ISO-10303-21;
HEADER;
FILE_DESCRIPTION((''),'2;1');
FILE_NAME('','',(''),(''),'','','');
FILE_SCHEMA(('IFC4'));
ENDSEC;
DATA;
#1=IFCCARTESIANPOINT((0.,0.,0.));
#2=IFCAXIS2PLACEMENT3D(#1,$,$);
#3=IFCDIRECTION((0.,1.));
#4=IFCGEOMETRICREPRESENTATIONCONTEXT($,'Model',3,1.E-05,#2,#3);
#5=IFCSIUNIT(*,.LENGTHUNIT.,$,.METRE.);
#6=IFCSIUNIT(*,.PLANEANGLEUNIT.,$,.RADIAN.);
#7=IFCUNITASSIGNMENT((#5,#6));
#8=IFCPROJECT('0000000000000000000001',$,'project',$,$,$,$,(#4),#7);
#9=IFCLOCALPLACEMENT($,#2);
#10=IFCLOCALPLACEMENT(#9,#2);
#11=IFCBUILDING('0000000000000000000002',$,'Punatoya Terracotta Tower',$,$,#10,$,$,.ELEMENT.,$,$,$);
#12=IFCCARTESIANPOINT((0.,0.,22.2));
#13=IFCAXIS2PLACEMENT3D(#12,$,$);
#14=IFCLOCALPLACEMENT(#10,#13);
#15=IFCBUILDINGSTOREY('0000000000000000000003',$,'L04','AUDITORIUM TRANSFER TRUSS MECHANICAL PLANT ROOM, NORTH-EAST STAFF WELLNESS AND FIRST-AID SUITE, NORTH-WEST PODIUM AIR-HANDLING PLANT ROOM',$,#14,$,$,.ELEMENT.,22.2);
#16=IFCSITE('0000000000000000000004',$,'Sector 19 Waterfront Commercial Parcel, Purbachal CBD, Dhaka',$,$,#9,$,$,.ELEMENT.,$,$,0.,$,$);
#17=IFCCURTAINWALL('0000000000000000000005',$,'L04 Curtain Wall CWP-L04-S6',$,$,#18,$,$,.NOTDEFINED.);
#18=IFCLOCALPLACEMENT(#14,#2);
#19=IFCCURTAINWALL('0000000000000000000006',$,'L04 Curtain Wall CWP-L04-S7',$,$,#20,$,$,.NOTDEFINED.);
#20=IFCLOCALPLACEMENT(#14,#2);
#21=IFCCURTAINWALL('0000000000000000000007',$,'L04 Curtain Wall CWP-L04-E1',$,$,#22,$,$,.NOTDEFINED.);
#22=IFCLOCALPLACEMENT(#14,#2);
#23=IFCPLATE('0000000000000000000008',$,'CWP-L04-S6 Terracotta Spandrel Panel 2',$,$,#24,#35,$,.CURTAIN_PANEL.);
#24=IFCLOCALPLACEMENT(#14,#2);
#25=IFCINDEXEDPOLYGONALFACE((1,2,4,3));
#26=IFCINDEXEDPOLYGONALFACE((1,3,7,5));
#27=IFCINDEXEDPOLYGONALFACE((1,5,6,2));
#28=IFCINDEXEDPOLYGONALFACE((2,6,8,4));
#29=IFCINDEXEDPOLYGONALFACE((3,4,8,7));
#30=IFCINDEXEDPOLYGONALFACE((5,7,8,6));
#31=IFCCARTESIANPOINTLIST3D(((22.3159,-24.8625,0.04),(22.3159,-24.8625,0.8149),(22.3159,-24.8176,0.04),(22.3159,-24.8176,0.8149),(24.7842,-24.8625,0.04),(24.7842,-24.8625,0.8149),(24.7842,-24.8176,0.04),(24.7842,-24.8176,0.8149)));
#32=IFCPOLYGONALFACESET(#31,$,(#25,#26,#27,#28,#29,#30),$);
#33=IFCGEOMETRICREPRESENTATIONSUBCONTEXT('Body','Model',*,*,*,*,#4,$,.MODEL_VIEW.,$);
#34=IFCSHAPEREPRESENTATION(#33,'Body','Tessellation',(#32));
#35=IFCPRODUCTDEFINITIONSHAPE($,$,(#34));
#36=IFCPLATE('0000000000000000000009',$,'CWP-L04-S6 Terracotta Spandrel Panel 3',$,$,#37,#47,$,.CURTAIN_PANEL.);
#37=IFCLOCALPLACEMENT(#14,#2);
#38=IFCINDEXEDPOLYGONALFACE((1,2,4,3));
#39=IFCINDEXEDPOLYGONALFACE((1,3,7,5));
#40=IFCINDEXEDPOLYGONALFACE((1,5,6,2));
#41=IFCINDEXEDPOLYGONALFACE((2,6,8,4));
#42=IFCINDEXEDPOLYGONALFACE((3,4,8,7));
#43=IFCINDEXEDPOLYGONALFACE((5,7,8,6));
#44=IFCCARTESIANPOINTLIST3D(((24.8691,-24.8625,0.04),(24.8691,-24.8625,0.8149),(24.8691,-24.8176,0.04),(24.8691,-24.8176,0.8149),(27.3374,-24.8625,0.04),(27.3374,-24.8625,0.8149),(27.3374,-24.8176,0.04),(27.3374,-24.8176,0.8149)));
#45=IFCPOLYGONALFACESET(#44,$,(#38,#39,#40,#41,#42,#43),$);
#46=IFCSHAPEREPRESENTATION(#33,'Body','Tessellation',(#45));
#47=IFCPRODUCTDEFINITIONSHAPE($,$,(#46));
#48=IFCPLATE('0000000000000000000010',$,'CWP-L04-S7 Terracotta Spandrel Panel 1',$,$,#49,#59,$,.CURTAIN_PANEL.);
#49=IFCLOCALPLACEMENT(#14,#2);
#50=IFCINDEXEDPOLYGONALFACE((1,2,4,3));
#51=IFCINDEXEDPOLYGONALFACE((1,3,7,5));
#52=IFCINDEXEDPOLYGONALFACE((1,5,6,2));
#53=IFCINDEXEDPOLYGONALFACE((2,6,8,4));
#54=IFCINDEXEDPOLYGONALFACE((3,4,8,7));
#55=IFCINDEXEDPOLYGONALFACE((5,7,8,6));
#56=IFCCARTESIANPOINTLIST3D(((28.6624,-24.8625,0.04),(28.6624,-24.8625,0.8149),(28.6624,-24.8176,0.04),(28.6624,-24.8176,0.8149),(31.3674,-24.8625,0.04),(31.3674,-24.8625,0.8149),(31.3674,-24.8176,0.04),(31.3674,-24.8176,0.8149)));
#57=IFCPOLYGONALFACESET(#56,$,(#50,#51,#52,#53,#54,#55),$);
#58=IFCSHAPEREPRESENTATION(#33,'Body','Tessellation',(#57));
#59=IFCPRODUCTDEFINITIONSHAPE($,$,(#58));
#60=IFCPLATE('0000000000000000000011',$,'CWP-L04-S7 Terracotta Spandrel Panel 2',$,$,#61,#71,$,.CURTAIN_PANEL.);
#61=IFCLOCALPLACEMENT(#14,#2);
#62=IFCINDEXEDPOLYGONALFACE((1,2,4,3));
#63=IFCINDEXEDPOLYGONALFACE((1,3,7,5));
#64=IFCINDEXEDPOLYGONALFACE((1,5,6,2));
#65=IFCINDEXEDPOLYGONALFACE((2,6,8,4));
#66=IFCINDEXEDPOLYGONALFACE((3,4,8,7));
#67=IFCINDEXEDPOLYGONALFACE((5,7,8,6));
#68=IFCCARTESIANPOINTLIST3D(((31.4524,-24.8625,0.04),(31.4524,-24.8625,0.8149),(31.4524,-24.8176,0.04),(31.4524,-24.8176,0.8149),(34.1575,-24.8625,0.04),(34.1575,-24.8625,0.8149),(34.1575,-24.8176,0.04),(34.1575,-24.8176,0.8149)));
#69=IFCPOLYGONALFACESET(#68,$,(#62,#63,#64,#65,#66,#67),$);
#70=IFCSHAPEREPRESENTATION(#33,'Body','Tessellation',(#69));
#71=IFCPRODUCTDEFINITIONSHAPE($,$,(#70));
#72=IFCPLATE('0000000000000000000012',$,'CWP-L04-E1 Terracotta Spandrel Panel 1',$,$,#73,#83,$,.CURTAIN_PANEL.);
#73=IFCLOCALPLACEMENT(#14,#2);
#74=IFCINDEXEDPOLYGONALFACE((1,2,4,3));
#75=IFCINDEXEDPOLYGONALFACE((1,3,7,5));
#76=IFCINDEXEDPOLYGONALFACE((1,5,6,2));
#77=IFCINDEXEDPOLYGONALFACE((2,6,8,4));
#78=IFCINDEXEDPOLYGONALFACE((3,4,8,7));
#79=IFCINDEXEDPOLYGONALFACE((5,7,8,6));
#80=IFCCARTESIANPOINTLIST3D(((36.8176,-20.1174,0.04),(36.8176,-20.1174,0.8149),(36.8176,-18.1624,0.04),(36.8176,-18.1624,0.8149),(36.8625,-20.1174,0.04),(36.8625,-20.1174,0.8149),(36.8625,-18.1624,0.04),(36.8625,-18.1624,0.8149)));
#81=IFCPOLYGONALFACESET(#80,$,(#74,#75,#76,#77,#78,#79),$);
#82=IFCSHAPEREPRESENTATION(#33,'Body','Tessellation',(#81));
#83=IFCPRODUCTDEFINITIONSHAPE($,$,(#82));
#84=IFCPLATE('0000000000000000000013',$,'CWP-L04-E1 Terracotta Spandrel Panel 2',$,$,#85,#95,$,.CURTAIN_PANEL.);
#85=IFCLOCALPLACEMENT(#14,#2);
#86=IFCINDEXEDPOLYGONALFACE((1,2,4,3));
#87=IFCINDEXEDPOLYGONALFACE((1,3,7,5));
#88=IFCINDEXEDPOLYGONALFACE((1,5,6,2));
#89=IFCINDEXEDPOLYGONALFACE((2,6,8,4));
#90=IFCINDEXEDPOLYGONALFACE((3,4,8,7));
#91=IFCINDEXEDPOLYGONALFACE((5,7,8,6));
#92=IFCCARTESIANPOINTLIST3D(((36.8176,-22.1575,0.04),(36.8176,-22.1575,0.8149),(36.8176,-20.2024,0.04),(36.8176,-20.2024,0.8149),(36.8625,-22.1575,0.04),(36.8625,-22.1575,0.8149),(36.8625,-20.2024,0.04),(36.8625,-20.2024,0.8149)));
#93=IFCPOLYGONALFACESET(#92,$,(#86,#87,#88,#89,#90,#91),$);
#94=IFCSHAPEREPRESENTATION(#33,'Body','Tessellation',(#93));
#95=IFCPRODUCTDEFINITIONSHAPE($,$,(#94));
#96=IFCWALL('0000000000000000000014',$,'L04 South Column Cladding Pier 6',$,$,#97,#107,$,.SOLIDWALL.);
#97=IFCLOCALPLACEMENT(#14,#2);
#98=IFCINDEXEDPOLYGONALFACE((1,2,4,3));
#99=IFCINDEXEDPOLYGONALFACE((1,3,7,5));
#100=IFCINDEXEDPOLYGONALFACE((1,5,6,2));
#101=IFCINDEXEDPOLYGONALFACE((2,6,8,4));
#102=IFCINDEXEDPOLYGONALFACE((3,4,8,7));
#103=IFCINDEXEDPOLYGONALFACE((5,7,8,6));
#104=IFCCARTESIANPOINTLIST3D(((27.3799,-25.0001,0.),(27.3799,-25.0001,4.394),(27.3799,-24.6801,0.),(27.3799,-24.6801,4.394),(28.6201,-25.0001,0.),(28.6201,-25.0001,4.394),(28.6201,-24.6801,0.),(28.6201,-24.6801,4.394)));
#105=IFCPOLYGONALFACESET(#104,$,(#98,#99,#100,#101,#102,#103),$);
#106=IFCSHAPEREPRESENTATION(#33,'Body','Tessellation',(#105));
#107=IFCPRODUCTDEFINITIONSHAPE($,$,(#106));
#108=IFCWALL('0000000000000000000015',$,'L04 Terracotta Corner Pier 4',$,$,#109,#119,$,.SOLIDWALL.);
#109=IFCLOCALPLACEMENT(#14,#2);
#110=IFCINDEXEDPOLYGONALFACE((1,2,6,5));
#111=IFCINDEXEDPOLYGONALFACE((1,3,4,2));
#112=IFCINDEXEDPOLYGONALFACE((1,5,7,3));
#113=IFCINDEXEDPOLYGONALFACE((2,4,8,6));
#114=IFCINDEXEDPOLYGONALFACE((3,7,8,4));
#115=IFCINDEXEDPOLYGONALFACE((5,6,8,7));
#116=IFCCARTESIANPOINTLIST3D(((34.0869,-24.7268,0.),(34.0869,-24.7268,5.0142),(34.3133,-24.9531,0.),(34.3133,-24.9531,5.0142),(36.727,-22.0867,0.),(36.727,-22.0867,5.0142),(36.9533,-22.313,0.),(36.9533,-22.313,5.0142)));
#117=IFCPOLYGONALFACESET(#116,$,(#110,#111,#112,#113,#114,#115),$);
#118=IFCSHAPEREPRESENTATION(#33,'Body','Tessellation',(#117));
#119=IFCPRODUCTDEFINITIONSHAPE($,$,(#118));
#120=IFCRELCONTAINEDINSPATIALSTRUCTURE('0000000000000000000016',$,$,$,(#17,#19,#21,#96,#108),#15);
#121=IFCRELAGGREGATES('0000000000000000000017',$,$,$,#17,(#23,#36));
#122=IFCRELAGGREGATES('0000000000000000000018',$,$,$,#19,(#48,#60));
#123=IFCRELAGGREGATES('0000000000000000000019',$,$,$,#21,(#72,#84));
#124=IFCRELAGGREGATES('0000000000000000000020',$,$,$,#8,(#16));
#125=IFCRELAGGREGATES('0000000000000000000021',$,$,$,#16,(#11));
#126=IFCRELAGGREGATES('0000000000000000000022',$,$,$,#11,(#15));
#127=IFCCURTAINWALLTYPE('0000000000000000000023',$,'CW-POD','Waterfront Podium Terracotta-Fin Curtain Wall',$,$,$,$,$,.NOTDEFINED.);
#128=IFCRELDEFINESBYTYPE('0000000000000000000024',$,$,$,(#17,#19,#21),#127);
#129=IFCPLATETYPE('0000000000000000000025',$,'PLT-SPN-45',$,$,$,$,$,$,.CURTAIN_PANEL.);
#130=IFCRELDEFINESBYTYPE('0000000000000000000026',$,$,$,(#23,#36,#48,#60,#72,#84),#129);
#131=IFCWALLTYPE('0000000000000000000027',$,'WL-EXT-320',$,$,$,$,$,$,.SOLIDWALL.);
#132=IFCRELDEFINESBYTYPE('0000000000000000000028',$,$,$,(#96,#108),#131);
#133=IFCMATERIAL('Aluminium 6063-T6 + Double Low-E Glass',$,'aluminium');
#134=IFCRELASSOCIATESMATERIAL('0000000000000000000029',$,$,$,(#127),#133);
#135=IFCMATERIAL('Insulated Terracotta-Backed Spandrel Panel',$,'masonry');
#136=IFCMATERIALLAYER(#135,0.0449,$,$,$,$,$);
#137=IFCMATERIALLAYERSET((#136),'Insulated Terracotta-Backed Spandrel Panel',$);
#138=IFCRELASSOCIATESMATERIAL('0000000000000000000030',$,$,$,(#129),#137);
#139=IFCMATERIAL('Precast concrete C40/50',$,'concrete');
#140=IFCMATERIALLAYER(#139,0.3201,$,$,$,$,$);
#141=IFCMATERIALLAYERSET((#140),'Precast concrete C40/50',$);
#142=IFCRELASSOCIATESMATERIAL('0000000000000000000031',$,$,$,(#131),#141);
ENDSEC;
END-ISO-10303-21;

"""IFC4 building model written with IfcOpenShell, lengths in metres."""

from ifc_helpers import new_model, si_unit, direction, frame, frame_2d, origin, origin_2d, place, context, subcontext, project, spatial, rectangle, extrude, material, layer, layer_set, type_object, element, aggregate, save


model = new_model("IFC4")

# Units and contexts
model_context = context("Model", 3, precision=1e-05, world=origin(), true_north=direction((0.0, 1.0)))
body_context = subcontext(model_context, "Body", "Model", "MODEL_VIEW")
ifc_project = project(units=[si_unit("LENGTHUNIT", "METRE"), si_unit("PLANEANGLEUNIT", "RADIAN")], contexts=[model_context])

# Site, building, storey
site_placement = place(None, origin())
site = spatial("IfcSite", under=ifc_project, at=site_placement, Name="Sector 19 Waterfront Commercial Parcel, Purbachal CBD, Dhaka", CompositionType="ELEMENT", RefElevation=0.0)
building_placement = place(site_placement, origin())
building = spatial("IfcBuilding", under=site, at=building_placement, Name="Punatoya Terracotta Tower", CompositionType="ELEMENT")
storey_placement = place(building_placement, frame((0.0, 0.0, 22.2)))
storey = spatial("IfcBuildingStorey", under=building, at=storey_placement, Name="L04", Description="AUDITORIUM TRANSFER TRUSS MECHANICAL PLANT ROOM, NORTH-EAST STAFF WELLNESS AND FIRST-AID SUITE, NORTH-WEST PODIUM AIR-HANDLING PLANT ROOM", CompositionType="ELEMENT", Elevation=22.2)

# Curtain walls
ifc_material_1 = material(Name="Aluminium 6063-T6 + Double Low-E Glass", Category="aluminium")
curtain_wall_type = type_object("IfcCurtainWallType", Name="CW-POD", Description="Waterfront Podium Terracotta-Fin Curtain Wall", PredefinedType="NOTDEFINED", material=ifc_material_1)
curtain_wall_1_placement = place(storey_placement, origin())
curtain_wall_1 = element("IfcCurtainWall", 1, at=curtain_wall_1_placement, inside=storey, type_object=curtain_wall_type, Name="L04 Curtain Wall CWP-L04-S6", PredefinedType="NOTDEFINED")
curtain_wall_2_placement = place(storey_placement, origin())
curtain_wall_2 = element("IfcCurtainWall", 2, at=curtain_wall_2_placement, inside=storey, type_object=curtain_wall_type, Name="L04 Curtain Wall CWP-L04-S7", PredefinedType="NOTDEFINED")
curtain_wall_3_placement = place(storey_placement, origin())
curtain_wall_3 = element("IfcCurtainWall", 3, at=curtain_wall_3_placement, inside=storey, type_object=curtain_wall_type, Name="L04 Curtain Wall CWP-L04-E1", PredefinedType="NOTDEFINED")

# Plates
ifc_material_2 = material(Name="Insulated Terracotta-Backed Spandrel Panel", Category="masonry")
ifc_layer_1 = layer(ifc_material_2, 0.0449)
ifc_layer_set_1 = layer_set([ifc_layer_1], Name="Insulated Terracotta-Backed Spandrel Panel")
plate_type_1 = type_object("IfcPlateType", Name="PLT-SPN-45", PredefinedType="CURTAIN_PANEL", material=ifc_layer_set_1)
plate_1_placement = place(storey_placement, frame((23.55, -24.8401, 0.04), z_axis=(0.0, 0.0, 1.0), x_axis=(1.0, 0.0, 0.0)))
plate_1 = element("IfcPlate", 4, at=plate_1_placement, type_object=plate_type_1, Name="CWP-L04-S6 Terracotta Spandrel Panel 2", PredefinedType="CURTAIN_PANEL", context=body_context, shape_type="SweptSolid", body=[
    extrude(rectangle(XDim=2.4683, YDim=0.0449, at=origin_2d()), origin(), (0.0, 0.0, 1.0), 0.7749),
])
plate_2_placement = place(storey_placement, frame((26.1033, -24.8401, 0.04), z_axis=(0.0, 0.0, 1.0), x_axis=(1.0, 0.0, 0.0)))
plate_2 = element("IfcPlate", 5, at=plate_2_placement, type_object=plate_type_1, Name="CWP-L04-S6 Terracotta Spandrel Panel 3", PredefinedType="CURTAIN_PANEL", context=body_context, shape_type="SweptSolid", body=[
    extrude(rectangle(XDim=2.4683, YDim=0.0449, at=origin_2d()), origin(), (0.0, 0.0, 1.0), 0.7749),
])
aggregate(curtain_wall_1, [plate_1, plate_2])
plate_3_placement = place(storey_placement, frame((30.0149, -24.8401, 0.04), z_axis=(0.0, 0.0, 1.0), x_axis=(1.0, 0.0, 0.0)))
plate_3 = element("IfcPlate", 6, at=plate_3_placement, type_object=plate_type_1, Name="CWP-L04-S7 Terracotta Spandrel Panel 1", PredefinedType="CURTAIN_PANEL", context=body_context, shape_type="SweptSolid", body=[
    extrude(rectangle(XDim=2.7051, YDim=0.0449, at=origin_2d()), origin(), (0.0, 0.0, 1.0), 0.7749),
])
plate_4_placement = place(storey_placement, frame((32.8049, -24.8401, 0.04), z_axis=(0.0, 0.0, 1.0), x_axis=(1.0, 0.0, 0.0)))
plate_4 = element("IfcPlate", 7, at=plate_4_placement, type_object=plate_type_1, Name="CWP-L04-S7 Terracotta Spandrel Panel 2", PredefinedType="CURTAIN_PANEL", context=body_context, shape_type="SweptSolid", body=[
    extrude(rectangle(XDim=2.7051, YDim=0.0449, at=origin_2d()), origin(), (0.0, 0.0, 1.0), 0.7749),
])
aggregate(curtain_wall_2, [plate_3, plate_4])
plate_5_placement = place(storey_placement, frame((36.8401, -19.1399, 0.04), z_axis=(0.0, 0.0, 1.0), x_axis=(0.0, -1.0, 0.0)))
plate_5 = element("IfcPlate", 8, at=plate_5_placement, type_object=plate_type_1, Name="CWP-L04-E1 Terracotta Spandrel Panel 1", PredefinedType="CURTAIN_PANEL", context=body_context, shape_type="SweptSolid", body=[
    extrude(rectangle(XDim=1.9551, YDim=0.0449, at=origin_2d()), origin(), (0.0, 0.0, 1.0), 0.7749),
])
plate_6_placement = place(storey_placement, frame((36.8401, -21.1799, 0.04), z_axis=(0.0, 0.0, 1.0), x_axis=(0.0, -1.0, 0.0)))
plate_6 = element("IfcPlate", 9, at=plate_6_placement, type_object=plate_type_1, Name="CWP-L04-E1 Terracotta Spandrel Panel 2", PredefinedType="CURTAIN_PANEL", context=body_context, shape_type="SweptSolid", body=[
    extrude(rectangle(XDim=1.9551, YDim=0.0449, at=origin_2d()), origin(), (0.0, 0.0, 1.0), 0.7749),
])
aggregate(curtain_wall_3, [plate_5, plate_6])

# Walls
ifc_material_3 = material(Name="Precast concrete C40/50", Category="concrete")
ifc_layer_2 = layer(ifc_material_3, 0.3201)
ifc_layer_set_2 = layer_set([ifc_layer_2], Name="Precast concrete C40/50")
wall_type = type_object("IfcWallType", Name="WL-EXT-320", PredefinedType="SOLIDWALL", material=ifc_layer_set_2)
wall_1_placement = place(storey_placement, frame((27.3799, -24.8401, 0.0), z_axis=(0.0, 0.0, 1.0), x_axis=(1.0, 0.0, 0.0)))
element("IfcWall", 10, at=wall_1_placement, inside=storey, type_object=wall_type, Name="L04 South Column Cladding Pier 6", PredefinedType="SOLIDWALL", context=body_context, shape_type="SweptSolid", body=[
    extrude(rectangle(XDim=1.2402, YDim=0.3201, at=frame_2d((0.6201, 0.0))), origin(), (0.0, 0.0, 1.0), 4.394),
])
wall_2_placement = place(storey_placement, frame((36.8401, -22.2, 0.0), z_axis=(0.0, 0.0, 1.0), x_axis=(-0.707107, -0.707107, 0.0)))
element("IfcWall", 11, at=wall_2_placement, inside=storey, type_object=wall_type, Name="L04 Terracotta Corner Pier 4", PredefinedType="SOLIDWALL", context=body_context, shape_type="SweptSolid", body=[
    extrude(rectangle(XDim=3.7336, YDim=0.3201, at=frame_2d((1.8667, 0.0))), origin(), (0.0, 0.0, 1.0), 5.0142),
])

save(model, "model.ifc")
